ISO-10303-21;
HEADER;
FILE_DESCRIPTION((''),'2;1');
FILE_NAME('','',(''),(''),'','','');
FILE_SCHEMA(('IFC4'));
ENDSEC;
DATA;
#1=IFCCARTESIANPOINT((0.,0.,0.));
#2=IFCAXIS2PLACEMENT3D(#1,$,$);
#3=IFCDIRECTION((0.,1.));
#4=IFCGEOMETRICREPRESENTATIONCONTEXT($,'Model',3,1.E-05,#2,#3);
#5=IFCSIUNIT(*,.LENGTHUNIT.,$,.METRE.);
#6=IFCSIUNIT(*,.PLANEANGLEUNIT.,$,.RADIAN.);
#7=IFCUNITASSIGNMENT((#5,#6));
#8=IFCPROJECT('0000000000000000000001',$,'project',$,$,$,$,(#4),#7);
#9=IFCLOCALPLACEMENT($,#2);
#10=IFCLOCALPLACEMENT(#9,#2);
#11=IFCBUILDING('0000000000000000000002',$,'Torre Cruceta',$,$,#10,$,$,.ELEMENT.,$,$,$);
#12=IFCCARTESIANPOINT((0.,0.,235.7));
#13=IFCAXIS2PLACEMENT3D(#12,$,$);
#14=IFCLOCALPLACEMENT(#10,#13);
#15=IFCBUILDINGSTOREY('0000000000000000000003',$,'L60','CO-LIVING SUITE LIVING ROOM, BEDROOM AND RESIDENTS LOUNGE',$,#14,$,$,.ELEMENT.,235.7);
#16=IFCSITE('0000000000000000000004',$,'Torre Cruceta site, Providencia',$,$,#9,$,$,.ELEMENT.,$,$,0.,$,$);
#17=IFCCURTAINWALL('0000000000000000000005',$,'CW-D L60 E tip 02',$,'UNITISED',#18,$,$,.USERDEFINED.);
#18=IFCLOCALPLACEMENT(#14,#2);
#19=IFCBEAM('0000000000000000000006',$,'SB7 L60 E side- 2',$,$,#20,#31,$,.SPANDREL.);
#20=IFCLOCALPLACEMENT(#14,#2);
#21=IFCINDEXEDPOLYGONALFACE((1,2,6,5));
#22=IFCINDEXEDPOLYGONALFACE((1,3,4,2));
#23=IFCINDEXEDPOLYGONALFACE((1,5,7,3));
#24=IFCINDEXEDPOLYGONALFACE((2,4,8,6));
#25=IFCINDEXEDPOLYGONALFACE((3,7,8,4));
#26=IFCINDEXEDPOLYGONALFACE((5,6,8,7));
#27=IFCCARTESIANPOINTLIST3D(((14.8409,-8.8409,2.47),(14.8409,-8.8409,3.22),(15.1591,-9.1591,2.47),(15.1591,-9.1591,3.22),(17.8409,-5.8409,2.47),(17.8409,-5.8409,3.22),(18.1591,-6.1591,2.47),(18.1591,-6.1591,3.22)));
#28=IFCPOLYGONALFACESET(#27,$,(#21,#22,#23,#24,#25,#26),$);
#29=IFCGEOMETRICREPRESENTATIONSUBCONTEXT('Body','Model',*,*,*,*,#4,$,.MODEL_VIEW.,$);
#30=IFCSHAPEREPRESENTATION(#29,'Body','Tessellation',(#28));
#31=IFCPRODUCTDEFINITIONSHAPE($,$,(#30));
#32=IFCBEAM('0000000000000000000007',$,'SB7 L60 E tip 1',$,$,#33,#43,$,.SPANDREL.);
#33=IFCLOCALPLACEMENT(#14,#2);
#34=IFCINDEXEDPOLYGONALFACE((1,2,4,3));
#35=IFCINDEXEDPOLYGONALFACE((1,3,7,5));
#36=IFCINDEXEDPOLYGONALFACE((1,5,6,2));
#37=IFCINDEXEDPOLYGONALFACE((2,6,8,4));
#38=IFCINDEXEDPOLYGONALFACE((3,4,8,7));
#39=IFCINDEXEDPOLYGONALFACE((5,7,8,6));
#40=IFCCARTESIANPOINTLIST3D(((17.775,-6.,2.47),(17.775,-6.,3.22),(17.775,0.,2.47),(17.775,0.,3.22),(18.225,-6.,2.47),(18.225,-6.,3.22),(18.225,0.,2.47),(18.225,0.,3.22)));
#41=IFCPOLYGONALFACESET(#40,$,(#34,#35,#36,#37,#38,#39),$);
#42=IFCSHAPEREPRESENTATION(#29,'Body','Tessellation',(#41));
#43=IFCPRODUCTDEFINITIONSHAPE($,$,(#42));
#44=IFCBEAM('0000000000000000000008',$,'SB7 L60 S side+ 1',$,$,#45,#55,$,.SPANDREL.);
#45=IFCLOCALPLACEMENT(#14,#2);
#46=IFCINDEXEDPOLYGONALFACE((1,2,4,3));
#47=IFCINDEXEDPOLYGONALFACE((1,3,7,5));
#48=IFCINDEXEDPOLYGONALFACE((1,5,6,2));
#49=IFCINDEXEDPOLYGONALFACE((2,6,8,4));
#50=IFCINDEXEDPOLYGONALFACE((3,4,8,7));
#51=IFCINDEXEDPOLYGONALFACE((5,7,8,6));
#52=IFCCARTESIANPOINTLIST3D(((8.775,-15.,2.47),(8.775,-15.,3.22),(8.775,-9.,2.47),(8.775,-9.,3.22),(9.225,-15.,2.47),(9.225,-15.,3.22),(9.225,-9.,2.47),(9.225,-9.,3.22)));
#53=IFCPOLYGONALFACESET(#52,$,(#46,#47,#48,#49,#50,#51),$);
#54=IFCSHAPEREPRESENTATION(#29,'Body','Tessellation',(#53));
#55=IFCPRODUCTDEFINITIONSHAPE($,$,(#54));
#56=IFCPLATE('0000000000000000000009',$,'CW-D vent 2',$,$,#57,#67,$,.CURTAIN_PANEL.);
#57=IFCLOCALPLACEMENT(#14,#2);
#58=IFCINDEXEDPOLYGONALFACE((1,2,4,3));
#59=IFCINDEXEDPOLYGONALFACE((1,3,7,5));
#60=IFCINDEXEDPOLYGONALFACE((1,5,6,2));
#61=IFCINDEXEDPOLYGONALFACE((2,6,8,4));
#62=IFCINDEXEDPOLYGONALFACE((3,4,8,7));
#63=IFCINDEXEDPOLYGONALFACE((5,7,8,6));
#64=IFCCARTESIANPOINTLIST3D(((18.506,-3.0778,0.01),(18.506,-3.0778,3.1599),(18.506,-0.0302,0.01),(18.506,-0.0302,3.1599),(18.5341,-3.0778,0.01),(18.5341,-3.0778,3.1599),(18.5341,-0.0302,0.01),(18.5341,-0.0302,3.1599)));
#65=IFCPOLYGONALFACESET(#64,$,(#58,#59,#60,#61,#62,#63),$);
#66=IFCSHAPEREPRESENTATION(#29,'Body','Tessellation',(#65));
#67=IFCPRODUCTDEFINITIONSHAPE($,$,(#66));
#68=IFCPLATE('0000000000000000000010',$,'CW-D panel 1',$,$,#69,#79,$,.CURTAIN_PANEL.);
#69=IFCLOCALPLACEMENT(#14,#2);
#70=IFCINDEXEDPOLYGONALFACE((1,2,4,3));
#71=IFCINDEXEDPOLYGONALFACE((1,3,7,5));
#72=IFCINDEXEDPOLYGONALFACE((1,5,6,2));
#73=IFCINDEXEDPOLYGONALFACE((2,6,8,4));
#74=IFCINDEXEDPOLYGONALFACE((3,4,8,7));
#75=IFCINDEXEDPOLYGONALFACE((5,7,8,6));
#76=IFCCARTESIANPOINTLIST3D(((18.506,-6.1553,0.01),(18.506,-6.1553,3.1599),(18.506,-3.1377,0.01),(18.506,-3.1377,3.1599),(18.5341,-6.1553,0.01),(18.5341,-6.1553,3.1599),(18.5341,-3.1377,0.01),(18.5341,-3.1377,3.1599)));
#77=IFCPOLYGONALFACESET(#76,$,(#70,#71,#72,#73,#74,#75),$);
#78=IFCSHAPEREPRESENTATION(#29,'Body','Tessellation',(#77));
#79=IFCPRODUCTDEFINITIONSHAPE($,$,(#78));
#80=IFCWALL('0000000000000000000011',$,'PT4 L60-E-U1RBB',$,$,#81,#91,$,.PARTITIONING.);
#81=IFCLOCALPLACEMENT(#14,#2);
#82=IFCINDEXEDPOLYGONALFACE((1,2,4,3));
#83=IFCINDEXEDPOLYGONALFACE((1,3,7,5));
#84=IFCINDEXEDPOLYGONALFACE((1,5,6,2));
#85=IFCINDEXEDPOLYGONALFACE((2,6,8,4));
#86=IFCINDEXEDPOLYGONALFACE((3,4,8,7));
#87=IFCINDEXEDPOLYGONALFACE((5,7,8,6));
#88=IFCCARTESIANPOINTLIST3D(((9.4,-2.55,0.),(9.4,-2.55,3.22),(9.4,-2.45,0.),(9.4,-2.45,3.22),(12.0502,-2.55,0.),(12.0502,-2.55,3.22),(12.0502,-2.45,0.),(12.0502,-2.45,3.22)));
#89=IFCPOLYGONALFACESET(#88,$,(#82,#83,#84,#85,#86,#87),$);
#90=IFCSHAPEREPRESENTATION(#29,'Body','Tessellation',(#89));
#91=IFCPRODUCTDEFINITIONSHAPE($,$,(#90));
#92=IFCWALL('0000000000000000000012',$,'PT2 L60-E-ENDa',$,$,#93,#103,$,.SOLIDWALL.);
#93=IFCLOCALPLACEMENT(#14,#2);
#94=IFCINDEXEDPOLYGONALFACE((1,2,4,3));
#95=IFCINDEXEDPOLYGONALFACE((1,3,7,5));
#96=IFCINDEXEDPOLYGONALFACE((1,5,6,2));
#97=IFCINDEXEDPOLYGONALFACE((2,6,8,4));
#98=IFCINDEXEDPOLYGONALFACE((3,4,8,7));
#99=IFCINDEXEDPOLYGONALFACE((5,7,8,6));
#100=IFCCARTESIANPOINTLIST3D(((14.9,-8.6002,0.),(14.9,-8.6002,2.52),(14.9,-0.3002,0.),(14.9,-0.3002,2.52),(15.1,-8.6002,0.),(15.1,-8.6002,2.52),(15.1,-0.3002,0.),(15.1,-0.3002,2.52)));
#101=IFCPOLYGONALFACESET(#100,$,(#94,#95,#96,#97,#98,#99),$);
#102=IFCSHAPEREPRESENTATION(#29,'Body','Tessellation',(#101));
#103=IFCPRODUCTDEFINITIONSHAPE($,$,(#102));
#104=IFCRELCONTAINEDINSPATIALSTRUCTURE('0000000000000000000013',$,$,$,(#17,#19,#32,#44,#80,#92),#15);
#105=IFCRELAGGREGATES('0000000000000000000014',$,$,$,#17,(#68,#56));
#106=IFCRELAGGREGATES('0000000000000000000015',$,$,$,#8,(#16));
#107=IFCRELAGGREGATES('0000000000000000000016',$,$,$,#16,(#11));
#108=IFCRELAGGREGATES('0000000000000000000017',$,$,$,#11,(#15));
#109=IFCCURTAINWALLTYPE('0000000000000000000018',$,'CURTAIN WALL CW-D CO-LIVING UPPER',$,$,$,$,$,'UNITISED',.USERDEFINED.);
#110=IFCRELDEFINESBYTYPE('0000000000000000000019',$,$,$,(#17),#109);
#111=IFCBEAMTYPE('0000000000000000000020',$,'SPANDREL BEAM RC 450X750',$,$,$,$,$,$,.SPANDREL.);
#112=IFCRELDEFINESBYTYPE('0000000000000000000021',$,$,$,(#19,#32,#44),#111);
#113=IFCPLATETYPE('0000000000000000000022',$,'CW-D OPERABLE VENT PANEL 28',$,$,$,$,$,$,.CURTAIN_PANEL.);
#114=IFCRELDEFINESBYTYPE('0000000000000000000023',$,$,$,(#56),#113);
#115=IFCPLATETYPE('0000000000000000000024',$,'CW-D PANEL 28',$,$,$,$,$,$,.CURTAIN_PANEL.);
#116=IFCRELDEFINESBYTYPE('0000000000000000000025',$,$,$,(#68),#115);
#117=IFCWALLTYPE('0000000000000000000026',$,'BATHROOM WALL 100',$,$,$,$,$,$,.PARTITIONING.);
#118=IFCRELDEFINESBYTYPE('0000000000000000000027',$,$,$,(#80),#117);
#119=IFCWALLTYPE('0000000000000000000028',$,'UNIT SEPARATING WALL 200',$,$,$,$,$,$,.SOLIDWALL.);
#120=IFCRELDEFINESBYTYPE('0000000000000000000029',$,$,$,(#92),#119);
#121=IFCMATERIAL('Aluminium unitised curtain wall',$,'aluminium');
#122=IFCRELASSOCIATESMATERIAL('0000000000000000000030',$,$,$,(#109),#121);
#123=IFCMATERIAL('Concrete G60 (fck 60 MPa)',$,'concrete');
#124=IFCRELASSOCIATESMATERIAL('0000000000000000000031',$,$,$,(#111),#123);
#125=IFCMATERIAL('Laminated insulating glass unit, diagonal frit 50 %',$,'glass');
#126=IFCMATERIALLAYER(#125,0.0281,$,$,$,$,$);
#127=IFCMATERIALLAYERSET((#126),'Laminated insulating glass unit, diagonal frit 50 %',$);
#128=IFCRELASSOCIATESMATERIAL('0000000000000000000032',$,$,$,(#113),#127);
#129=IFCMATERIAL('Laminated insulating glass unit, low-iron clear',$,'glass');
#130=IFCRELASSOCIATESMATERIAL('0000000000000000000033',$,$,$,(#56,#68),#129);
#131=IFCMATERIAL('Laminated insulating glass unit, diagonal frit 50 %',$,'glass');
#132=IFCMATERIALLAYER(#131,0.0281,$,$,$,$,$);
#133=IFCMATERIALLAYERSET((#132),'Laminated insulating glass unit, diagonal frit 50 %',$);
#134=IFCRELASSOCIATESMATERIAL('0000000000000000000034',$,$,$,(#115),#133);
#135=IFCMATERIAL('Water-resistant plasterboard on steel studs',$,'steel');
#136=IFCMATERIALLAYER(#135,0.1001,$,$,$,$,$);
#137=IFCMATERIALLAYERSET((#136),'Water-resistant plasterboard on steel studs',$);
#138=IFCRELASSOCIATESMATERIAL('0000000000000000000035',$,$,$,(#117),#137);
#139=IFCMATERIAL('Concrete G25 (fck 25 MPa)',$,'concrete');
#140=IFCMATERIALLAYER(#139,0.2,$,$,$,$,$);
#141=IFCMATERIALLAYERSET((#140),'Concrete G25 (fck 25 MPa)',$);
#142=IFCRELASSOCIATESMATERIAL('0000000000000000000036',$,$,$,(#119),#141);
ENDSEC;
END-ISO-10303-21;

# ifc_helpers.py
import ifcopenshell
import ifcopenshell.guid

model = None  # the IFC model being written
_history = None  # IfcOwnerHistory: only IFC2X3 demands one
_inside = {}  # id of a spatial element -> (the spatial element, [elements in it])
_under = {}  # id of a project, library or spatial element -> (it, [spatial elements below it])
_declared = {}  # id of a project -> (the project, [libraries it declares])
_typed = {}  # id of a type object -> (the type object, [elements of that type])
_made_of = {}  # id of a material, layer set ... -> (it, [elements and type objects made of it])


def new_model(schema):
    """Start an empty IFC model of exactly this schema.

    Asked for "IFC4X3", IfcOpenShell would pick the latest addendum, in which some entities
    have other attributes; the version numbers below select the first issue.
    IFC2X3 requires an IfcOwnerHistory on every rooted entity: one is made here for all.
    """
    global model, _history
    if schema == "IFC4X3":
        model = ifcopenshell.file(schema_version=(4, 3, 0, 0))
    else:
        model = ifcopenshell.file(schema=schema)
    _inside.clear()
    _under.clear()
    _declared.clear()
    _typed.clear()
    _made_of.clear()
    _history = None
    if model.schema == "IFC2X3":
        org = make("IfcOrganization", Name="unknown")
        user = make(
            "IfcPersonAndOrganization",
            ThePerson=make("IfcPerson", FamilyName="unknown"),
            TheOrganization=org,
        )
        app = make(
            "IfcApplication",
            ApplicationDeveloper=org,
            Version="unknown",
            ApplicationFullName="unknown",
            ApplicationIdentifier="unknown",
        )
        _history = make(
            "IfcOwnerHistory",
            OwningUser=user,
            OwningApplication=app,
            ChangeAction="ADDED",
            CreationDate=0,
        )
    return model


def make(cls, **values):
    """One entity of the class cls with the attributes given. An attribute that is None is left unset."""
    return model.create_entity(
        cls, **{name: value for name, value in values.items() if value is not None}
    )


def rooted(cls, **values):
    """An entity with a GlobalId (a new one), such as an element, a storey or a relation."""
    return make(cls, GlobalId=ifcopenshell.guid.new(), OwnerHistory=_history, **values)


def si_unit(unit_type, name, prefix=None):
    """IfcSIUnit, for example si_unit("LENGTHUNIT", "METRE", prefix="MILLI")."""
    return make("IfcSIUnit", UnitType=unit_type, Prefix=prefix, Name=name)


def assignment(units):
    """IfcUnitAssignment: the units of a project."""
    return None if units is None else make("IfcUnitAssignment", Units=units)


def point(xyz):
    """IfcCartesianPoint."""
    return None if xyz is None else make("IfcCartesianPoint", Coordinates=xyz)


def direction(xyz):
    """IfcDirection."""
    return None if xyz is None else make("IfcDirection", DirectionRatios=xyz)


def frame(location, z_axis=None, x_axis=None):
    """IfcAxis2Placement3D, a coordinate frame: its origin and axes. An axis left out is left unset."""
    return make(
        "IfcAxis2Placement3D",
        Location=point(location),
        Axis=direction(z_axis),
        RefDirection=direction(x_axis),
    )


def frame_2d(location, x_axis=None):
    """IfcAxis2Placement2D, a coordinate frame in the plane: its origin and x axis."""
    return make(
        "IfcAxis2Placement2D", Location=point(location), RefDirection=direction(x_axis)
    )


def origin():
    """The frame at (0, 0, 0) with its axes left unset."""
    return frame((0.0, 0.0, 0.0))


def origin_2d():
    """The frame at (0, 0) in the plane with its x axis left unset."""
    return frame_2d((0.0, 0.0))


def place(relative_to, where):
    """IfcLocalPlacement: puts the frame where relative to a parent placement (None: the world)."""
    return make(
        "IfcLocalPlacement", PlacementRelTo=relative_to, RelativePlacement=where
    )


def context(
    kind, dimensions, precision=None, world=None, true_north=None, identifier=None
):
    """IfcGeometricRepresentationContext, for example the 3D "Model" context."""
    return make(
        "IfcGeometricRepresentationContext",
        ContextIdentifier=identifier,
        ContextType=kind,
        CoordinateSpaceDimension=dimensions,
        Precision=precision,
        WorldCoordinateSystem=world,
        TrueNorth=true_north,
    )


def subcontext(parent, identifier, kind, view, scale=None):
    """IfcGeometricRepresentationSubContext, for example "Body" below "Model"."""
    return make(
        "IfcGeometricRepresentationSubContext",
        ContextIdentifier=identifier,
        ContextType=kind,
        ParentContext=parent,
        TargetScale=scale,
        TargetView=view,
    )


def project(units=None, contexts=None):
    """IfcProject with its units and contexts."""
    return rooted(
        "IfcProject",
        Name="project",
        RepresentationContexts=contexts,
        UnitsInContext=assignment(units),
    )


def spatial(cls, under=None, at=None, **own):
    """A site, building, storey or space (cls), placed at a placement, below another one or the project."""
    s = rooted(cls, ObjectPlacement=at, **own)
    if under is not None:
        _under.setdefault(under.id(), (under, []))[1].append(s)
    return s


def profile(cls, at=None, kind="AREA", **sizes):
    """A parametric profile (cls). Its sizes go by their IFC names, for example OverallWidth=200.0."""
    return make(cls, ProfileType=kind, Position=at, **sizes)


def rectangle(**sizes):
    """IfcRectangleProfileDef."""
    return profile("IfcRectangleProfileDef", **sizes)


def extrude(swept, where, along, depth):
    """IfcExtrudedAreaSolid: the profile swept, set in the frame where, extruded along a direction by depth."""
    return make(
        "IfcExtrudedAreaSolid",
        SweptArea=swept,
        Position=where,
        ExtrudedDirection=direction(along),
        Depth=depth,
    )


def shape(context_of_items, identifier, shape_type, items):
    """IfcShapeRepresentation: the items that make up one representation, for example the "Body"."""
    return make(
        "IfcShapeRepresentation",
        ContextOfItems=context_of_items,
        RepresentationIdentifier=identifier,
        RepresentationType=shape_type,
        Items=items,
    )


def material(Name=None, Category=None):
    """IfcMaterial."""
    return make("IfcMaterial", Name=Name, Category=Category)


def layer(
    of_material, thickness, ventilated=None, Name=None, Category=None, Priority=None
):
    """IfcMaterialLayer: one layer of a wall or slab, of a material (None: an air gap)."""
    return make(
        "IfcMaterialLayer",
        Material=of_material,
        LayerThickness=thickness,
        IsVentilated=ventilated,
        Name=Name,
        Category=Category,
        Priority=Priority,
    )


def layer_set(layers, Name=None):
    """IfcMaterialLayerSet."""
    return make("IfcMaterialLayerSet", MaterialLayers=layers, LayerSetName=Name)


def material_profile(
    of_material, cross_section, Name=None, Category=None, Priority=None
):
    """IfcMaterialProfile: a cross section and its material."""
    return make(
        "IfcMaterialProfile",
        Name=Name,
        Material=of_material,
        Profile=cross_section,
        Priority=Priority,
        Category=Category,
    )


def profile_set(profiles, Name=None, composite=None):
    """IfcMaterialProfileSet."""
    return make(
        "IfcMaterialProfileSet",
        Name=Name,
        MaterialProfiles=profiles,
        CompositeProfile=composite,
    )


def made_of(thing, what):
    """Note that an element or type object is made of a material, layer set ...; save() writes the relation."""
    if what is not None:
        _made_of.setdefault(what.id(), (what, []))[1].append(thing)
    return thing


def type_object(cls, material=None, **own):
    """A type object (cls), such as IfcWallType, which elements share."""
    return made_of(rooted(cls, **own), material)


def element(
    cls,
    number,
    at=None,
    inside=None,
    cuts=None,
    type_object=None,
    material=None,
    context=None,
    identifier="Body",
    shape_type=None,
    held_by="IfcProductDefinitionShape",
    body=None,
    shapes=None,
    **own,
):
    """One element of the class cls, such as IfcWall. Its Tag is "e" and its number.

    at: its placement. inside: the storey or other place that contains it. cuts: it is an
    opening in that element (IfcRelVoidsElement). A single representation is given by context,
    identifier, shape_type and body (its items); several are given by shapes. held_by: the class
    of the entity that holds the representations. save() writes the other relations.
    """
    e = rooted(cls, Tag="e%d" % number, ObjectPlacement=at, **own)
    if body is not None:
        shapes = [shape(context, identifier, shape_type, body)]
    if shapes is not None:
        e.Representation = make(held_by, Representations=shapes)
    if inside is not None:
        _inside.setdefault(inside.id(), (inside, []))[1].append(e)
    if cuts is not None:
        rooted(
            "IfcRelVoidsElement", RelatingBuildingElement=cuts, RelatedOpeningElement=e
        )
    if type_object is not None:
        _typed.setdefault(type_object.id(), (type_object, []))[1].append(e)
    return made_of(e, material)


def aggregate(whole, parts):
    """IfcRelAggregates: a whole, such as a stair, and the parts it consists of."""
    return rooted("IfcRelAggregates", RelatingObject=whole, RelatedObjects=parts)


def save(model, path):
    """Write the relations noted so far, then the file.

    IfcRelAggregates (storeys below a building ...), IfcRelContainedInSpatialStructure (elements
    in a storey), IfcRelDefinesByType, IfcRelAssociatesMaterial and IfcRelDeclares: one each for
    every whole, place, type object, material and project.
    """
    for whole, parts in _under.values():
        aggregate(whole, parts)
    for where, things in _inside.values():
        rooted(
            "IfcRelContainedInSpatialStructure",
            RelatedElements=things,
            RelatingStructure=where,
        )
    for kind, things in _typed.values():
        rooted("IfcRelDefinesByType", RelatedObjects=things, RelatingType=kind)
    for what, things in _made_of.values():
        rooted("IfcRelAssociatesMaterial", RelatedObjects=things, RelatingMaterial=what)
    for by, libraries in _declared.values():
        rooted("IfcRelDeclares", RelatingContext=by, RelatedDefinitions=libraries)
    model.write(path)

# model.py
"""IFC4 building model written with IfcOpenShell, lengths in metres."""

from ifc_helpers import new_model, si_unit, direction, frame, frame_2d, origin, origin_2d, place, context, subcontext, project, spatial, rectangle, extrude, material, layer, layer_set, material_profile, profile_set, type_object, element, aggregate, save


model = new_model("IFC4")

# Units and contexts
model_context = context("Model", 3, precision=1e-05, world=origin(), true_north=direction((0.0, 1.0)))
body_context = subcontext(model_context, "Body", "Model", "MODEL_VIEW")
ifc_project = project(units=[si_unit("LENGTHUNIT", "METRE"), si_unit("PLANEANGLEUNIT", "RADIAN")], contexts=[model_context])

# Site, building, storey
site_placement = place(None, origin())
site = spatial("IfcSite", under=ifc_project, at=site_placement, Name="Torre Cruceta site, Providencia", CompositionType="ELEMENT", RefElevation=0.0)
building_placement = place(site_placement, origin())
building = spatial("IfcBuilding", under=site, at=building_placement, Name="Torre Cruceta", CompositionType="ELEMENT")
storey_placement = place(building_placement, frame((0.0, 0.0, 235.7)))
storey = spatial("IfcBuildingStorey", under=building, at=storey_placement, Name="L60", Description="CO-LIVING SUITE LIVING ROOM, BEDROOM AND RESIDENTS LOUNGE", CompositionType="ELEMENT", Elevation=235.7)

# Curtain wall
ifc_material_1 = material(Name="Aluminium unitised curtain wall", Category="aluminium")
curtain_wall_type = type_object("IfcCurtainWallType", Name="CURTAIN WALL CW-D CO-LIVING UPPER", ElementType="UNITISED", PredefinedType="USERDEFINED", material=ifc_material_1)
curtain_wall_placement = place(storey_placement, origin())
curtain_wall = element("IfcCurtainWall", 1, at=curtain_wall_placement, inside=storey, type_object=curtain_wall_type, Name="CW-D L60 E tip 02", ObjectType="UNITISED", PredefinedType="USERDEFINED")

# Beams
ifc_material_2 = material(Name="Concrete G60 (fck 60 MPa)", Category="concrete")
ifc_material_profile_1 = material_profile(ifc_material_2, rectangle(XDim=0.45, YDim=0.75, at=origin_2d()), Name="RC 450X750")
ifc_profile_set_1 = profile_set([ifc_material_profile_1], Name="Concrete G60 (fck 60 MPa)")
beam_type_1 = type_object("IfcBeamType", Name="SPANDREL BEAM RC 450X750", PredefinedType="SPANDREL", material=ifc_profile_set_1)
beam_1_placement = place(storey_placement, frame((15.0, -9.0, 2.845), z_axis=(0.707107, 0.707107, 0.0), x_axis=(-0.707107, 0.707107, 0.0)))
element("IfcBeam", 2, at=beam_1_placement, inside=storey, type_object=beam_type_1, Name="SB7 L60 E side- 2", PredefinedType="SPANDREL", context=body_context, shape_type="SweptSolid", body=[
    extrude(rectangle(XDim=0.45, YDim=0.75, at=origin_2d()), origin(), (0.0, 0.0, 1.0), 4.2427),
])
for number, where, z_axis, x_axis, name in (
    (3, (18.0, -6.0, 2.845), (0.0, 1.0, 0.0), (-1.0, 0.0, 0.0), "SB7 L60 E tip 1"),
    (4, (9.0, -9.0, 2.845), (0.0, -1.0, 0.0), (1.0, 0.0, 0.0), "SB7 L60 S side+ 1"),
):
    element("IfcBeam", number, at=place(storey_placement, frame(where, z_axis=z_axis, x_axis=x_axis)), inside=storey, type_object=beam_type_1, Name=name, PredefinedType="SPANDREL", context=body_context, shape_type="SweptSolid", body=[
        extrude(rectangle(XDim=0.45, YDim=0.75, at=origin_2d()), origin(), (0.0, 0.0, 1.0), 6.0),
    ])

# Plates
ifc_material_3 = material(Name="Laminated insulating glass unit, low-iron clear", Category="glass")
ifc_material_4 = material(Name="Laminated insulating glass unit, diagonal frit 50 %", Category="glass")
ifc_layer_1 = layer(ifc_material_4, 0.0281)
ifc_layer_set_1 = layer_set([ifc_layer_1], Name="Laminated insulating glass unit, diagonal frit 50 %")
plate_type_1 = type_object("IfcPlateType", Name="CW-D OPERABLE VENT PANEL 28", PredefinedType="CURTAIN_PANEL", material=ifc_layer_set_1)
plate_1_placement = place(storey_placement, frame((18.52, -1.554, 0.01), z_axis=(0.0, 0.0, 1.0), x_axis=(0.0, 1.0, 0.0)))
plate_1 = element("IfcPlate", 5, at=plate_1_placement, type_object=plate_type_1, material=ifc_material_3, Name="CW-D vent 2", PredefinedType="CURTAIN_PANEL", context=body_context, shape_type="SweptSolid", body=[
    extrude(rectangle(XDim=3.0476, YDim=0.0281, at=origin_2d()), origin(), (0.0, 0.0, 1.0), 3.1499),
])
ifc_material_5 = material(Name="Laminated insulating glass unit, diagonal frit 50 %", Category="glass")
ifc_layer_2 = layer(ifc_material_5, 0.0281)
ifc_layer_set_2 = layer_set([ifc_layer_2], Name="Laminated insulating glass unit, diagonal frit 50 %")
plate_type_2 = type_object("IfcPlateType", Name="CW-D PANEL 28", PredefinedType="CURTAIN_PANEL", material=ifc_layer_set_2)
plate_2_placement = place(storey_placement, frame((18.52, -4.6465, 0.01), z_axis=(0.0, 0.0, 1.0), x_axis=(0.0, 1.0, 0.0)))
plate_2 = element("IfcPlate", 6, at=plate_2_placement, type_object=plate_type_2, material=ifc_material_3, Name="CW-D panel 1", PredefinedType="CURTAIN_PANEL", context=body_context, shape_type="SweptSolid", body=[
    extrude(rectangle(XDim=3.0176, YDim=0.0281, at=origin_2d()), origin(), (0.0, 0.0, 1.0), 3.1499),
])
aggregate(curtain_wall, [plate_2, plate_1])

# Walls
ifc_material_6 = material(Name="Water-resistant plasterboard on steel studs", Category="steel")
ifc_layer_3 = layer(ifc_material_6, 0.1001)
ifc_layer_set_3 = layer_set([ifc_layer_3], Name="Water-resistant plasterboard on steel studs")
wall_type_1 = type_object("IfcWallType", Name="BATHROOM WALL 100", PredefinedType="PARTITIONING", material=ifc_layer_set_3)
wall_1_placement = place(storey_placement, frame((9.3999, -2.5, 0.0), z_axis=(0.0, 0.0, 1.0), x_axis=(1.0, 0.0, 0.0)))
element("IfcWall", 7, at=wall_1_placement, inside=storey, type_object=wall_type_1, Name="PT4 L60-E-U1RBB", PredefinedType="PARTITIONING", context=body_context, shape_type="SweptSolid", body=[
    extrude(rectangle(XDim=2.6501, YDim=0.1001, at=frame_2d((1.3252, 0.0))), origin(), (0.0, 0.0, 1.0), 3.22),
])
ifc_material_7 = material(Name="Concrete G25 (fck 25 MPa)", Category="concrete")
ifc_layer_4 = layer(ifc_material_7, 0.2)
ifc_layer_set_4 = layer_set([ifc_layer_4], Name="Concrete G25 (fck 25 MPa)")
wall_type_2 = type_object("IfcWallType", Name="UNIT SEPARATING WALL 200", PredefinedType="SOLIDWALL", material=ifc_layer_set_4)
wall_2_placement = place(storey_placement, frame((15.0, -8.6001, 0.0), z_axis=(0.0, 0.0, 1.0), x_axis=(0.0, 1.0, 0.0)))
element("IfcWall", 8, at=wall_2_placement, inside=storey, type_object=wall_type_2, Name="PT2 L60-E-ENDa", PredefinedType="SOLIDWALL", context=body_context, shape_type="SweptSolid", body=[
    extrude(rectangle(XDim=8.3, YDim=0.2, at=frame_2d((4.1499, 0.0))), origin(), (0.0, 0.0, 1.0), 2.52),
])

save(model, "model.ifc")
